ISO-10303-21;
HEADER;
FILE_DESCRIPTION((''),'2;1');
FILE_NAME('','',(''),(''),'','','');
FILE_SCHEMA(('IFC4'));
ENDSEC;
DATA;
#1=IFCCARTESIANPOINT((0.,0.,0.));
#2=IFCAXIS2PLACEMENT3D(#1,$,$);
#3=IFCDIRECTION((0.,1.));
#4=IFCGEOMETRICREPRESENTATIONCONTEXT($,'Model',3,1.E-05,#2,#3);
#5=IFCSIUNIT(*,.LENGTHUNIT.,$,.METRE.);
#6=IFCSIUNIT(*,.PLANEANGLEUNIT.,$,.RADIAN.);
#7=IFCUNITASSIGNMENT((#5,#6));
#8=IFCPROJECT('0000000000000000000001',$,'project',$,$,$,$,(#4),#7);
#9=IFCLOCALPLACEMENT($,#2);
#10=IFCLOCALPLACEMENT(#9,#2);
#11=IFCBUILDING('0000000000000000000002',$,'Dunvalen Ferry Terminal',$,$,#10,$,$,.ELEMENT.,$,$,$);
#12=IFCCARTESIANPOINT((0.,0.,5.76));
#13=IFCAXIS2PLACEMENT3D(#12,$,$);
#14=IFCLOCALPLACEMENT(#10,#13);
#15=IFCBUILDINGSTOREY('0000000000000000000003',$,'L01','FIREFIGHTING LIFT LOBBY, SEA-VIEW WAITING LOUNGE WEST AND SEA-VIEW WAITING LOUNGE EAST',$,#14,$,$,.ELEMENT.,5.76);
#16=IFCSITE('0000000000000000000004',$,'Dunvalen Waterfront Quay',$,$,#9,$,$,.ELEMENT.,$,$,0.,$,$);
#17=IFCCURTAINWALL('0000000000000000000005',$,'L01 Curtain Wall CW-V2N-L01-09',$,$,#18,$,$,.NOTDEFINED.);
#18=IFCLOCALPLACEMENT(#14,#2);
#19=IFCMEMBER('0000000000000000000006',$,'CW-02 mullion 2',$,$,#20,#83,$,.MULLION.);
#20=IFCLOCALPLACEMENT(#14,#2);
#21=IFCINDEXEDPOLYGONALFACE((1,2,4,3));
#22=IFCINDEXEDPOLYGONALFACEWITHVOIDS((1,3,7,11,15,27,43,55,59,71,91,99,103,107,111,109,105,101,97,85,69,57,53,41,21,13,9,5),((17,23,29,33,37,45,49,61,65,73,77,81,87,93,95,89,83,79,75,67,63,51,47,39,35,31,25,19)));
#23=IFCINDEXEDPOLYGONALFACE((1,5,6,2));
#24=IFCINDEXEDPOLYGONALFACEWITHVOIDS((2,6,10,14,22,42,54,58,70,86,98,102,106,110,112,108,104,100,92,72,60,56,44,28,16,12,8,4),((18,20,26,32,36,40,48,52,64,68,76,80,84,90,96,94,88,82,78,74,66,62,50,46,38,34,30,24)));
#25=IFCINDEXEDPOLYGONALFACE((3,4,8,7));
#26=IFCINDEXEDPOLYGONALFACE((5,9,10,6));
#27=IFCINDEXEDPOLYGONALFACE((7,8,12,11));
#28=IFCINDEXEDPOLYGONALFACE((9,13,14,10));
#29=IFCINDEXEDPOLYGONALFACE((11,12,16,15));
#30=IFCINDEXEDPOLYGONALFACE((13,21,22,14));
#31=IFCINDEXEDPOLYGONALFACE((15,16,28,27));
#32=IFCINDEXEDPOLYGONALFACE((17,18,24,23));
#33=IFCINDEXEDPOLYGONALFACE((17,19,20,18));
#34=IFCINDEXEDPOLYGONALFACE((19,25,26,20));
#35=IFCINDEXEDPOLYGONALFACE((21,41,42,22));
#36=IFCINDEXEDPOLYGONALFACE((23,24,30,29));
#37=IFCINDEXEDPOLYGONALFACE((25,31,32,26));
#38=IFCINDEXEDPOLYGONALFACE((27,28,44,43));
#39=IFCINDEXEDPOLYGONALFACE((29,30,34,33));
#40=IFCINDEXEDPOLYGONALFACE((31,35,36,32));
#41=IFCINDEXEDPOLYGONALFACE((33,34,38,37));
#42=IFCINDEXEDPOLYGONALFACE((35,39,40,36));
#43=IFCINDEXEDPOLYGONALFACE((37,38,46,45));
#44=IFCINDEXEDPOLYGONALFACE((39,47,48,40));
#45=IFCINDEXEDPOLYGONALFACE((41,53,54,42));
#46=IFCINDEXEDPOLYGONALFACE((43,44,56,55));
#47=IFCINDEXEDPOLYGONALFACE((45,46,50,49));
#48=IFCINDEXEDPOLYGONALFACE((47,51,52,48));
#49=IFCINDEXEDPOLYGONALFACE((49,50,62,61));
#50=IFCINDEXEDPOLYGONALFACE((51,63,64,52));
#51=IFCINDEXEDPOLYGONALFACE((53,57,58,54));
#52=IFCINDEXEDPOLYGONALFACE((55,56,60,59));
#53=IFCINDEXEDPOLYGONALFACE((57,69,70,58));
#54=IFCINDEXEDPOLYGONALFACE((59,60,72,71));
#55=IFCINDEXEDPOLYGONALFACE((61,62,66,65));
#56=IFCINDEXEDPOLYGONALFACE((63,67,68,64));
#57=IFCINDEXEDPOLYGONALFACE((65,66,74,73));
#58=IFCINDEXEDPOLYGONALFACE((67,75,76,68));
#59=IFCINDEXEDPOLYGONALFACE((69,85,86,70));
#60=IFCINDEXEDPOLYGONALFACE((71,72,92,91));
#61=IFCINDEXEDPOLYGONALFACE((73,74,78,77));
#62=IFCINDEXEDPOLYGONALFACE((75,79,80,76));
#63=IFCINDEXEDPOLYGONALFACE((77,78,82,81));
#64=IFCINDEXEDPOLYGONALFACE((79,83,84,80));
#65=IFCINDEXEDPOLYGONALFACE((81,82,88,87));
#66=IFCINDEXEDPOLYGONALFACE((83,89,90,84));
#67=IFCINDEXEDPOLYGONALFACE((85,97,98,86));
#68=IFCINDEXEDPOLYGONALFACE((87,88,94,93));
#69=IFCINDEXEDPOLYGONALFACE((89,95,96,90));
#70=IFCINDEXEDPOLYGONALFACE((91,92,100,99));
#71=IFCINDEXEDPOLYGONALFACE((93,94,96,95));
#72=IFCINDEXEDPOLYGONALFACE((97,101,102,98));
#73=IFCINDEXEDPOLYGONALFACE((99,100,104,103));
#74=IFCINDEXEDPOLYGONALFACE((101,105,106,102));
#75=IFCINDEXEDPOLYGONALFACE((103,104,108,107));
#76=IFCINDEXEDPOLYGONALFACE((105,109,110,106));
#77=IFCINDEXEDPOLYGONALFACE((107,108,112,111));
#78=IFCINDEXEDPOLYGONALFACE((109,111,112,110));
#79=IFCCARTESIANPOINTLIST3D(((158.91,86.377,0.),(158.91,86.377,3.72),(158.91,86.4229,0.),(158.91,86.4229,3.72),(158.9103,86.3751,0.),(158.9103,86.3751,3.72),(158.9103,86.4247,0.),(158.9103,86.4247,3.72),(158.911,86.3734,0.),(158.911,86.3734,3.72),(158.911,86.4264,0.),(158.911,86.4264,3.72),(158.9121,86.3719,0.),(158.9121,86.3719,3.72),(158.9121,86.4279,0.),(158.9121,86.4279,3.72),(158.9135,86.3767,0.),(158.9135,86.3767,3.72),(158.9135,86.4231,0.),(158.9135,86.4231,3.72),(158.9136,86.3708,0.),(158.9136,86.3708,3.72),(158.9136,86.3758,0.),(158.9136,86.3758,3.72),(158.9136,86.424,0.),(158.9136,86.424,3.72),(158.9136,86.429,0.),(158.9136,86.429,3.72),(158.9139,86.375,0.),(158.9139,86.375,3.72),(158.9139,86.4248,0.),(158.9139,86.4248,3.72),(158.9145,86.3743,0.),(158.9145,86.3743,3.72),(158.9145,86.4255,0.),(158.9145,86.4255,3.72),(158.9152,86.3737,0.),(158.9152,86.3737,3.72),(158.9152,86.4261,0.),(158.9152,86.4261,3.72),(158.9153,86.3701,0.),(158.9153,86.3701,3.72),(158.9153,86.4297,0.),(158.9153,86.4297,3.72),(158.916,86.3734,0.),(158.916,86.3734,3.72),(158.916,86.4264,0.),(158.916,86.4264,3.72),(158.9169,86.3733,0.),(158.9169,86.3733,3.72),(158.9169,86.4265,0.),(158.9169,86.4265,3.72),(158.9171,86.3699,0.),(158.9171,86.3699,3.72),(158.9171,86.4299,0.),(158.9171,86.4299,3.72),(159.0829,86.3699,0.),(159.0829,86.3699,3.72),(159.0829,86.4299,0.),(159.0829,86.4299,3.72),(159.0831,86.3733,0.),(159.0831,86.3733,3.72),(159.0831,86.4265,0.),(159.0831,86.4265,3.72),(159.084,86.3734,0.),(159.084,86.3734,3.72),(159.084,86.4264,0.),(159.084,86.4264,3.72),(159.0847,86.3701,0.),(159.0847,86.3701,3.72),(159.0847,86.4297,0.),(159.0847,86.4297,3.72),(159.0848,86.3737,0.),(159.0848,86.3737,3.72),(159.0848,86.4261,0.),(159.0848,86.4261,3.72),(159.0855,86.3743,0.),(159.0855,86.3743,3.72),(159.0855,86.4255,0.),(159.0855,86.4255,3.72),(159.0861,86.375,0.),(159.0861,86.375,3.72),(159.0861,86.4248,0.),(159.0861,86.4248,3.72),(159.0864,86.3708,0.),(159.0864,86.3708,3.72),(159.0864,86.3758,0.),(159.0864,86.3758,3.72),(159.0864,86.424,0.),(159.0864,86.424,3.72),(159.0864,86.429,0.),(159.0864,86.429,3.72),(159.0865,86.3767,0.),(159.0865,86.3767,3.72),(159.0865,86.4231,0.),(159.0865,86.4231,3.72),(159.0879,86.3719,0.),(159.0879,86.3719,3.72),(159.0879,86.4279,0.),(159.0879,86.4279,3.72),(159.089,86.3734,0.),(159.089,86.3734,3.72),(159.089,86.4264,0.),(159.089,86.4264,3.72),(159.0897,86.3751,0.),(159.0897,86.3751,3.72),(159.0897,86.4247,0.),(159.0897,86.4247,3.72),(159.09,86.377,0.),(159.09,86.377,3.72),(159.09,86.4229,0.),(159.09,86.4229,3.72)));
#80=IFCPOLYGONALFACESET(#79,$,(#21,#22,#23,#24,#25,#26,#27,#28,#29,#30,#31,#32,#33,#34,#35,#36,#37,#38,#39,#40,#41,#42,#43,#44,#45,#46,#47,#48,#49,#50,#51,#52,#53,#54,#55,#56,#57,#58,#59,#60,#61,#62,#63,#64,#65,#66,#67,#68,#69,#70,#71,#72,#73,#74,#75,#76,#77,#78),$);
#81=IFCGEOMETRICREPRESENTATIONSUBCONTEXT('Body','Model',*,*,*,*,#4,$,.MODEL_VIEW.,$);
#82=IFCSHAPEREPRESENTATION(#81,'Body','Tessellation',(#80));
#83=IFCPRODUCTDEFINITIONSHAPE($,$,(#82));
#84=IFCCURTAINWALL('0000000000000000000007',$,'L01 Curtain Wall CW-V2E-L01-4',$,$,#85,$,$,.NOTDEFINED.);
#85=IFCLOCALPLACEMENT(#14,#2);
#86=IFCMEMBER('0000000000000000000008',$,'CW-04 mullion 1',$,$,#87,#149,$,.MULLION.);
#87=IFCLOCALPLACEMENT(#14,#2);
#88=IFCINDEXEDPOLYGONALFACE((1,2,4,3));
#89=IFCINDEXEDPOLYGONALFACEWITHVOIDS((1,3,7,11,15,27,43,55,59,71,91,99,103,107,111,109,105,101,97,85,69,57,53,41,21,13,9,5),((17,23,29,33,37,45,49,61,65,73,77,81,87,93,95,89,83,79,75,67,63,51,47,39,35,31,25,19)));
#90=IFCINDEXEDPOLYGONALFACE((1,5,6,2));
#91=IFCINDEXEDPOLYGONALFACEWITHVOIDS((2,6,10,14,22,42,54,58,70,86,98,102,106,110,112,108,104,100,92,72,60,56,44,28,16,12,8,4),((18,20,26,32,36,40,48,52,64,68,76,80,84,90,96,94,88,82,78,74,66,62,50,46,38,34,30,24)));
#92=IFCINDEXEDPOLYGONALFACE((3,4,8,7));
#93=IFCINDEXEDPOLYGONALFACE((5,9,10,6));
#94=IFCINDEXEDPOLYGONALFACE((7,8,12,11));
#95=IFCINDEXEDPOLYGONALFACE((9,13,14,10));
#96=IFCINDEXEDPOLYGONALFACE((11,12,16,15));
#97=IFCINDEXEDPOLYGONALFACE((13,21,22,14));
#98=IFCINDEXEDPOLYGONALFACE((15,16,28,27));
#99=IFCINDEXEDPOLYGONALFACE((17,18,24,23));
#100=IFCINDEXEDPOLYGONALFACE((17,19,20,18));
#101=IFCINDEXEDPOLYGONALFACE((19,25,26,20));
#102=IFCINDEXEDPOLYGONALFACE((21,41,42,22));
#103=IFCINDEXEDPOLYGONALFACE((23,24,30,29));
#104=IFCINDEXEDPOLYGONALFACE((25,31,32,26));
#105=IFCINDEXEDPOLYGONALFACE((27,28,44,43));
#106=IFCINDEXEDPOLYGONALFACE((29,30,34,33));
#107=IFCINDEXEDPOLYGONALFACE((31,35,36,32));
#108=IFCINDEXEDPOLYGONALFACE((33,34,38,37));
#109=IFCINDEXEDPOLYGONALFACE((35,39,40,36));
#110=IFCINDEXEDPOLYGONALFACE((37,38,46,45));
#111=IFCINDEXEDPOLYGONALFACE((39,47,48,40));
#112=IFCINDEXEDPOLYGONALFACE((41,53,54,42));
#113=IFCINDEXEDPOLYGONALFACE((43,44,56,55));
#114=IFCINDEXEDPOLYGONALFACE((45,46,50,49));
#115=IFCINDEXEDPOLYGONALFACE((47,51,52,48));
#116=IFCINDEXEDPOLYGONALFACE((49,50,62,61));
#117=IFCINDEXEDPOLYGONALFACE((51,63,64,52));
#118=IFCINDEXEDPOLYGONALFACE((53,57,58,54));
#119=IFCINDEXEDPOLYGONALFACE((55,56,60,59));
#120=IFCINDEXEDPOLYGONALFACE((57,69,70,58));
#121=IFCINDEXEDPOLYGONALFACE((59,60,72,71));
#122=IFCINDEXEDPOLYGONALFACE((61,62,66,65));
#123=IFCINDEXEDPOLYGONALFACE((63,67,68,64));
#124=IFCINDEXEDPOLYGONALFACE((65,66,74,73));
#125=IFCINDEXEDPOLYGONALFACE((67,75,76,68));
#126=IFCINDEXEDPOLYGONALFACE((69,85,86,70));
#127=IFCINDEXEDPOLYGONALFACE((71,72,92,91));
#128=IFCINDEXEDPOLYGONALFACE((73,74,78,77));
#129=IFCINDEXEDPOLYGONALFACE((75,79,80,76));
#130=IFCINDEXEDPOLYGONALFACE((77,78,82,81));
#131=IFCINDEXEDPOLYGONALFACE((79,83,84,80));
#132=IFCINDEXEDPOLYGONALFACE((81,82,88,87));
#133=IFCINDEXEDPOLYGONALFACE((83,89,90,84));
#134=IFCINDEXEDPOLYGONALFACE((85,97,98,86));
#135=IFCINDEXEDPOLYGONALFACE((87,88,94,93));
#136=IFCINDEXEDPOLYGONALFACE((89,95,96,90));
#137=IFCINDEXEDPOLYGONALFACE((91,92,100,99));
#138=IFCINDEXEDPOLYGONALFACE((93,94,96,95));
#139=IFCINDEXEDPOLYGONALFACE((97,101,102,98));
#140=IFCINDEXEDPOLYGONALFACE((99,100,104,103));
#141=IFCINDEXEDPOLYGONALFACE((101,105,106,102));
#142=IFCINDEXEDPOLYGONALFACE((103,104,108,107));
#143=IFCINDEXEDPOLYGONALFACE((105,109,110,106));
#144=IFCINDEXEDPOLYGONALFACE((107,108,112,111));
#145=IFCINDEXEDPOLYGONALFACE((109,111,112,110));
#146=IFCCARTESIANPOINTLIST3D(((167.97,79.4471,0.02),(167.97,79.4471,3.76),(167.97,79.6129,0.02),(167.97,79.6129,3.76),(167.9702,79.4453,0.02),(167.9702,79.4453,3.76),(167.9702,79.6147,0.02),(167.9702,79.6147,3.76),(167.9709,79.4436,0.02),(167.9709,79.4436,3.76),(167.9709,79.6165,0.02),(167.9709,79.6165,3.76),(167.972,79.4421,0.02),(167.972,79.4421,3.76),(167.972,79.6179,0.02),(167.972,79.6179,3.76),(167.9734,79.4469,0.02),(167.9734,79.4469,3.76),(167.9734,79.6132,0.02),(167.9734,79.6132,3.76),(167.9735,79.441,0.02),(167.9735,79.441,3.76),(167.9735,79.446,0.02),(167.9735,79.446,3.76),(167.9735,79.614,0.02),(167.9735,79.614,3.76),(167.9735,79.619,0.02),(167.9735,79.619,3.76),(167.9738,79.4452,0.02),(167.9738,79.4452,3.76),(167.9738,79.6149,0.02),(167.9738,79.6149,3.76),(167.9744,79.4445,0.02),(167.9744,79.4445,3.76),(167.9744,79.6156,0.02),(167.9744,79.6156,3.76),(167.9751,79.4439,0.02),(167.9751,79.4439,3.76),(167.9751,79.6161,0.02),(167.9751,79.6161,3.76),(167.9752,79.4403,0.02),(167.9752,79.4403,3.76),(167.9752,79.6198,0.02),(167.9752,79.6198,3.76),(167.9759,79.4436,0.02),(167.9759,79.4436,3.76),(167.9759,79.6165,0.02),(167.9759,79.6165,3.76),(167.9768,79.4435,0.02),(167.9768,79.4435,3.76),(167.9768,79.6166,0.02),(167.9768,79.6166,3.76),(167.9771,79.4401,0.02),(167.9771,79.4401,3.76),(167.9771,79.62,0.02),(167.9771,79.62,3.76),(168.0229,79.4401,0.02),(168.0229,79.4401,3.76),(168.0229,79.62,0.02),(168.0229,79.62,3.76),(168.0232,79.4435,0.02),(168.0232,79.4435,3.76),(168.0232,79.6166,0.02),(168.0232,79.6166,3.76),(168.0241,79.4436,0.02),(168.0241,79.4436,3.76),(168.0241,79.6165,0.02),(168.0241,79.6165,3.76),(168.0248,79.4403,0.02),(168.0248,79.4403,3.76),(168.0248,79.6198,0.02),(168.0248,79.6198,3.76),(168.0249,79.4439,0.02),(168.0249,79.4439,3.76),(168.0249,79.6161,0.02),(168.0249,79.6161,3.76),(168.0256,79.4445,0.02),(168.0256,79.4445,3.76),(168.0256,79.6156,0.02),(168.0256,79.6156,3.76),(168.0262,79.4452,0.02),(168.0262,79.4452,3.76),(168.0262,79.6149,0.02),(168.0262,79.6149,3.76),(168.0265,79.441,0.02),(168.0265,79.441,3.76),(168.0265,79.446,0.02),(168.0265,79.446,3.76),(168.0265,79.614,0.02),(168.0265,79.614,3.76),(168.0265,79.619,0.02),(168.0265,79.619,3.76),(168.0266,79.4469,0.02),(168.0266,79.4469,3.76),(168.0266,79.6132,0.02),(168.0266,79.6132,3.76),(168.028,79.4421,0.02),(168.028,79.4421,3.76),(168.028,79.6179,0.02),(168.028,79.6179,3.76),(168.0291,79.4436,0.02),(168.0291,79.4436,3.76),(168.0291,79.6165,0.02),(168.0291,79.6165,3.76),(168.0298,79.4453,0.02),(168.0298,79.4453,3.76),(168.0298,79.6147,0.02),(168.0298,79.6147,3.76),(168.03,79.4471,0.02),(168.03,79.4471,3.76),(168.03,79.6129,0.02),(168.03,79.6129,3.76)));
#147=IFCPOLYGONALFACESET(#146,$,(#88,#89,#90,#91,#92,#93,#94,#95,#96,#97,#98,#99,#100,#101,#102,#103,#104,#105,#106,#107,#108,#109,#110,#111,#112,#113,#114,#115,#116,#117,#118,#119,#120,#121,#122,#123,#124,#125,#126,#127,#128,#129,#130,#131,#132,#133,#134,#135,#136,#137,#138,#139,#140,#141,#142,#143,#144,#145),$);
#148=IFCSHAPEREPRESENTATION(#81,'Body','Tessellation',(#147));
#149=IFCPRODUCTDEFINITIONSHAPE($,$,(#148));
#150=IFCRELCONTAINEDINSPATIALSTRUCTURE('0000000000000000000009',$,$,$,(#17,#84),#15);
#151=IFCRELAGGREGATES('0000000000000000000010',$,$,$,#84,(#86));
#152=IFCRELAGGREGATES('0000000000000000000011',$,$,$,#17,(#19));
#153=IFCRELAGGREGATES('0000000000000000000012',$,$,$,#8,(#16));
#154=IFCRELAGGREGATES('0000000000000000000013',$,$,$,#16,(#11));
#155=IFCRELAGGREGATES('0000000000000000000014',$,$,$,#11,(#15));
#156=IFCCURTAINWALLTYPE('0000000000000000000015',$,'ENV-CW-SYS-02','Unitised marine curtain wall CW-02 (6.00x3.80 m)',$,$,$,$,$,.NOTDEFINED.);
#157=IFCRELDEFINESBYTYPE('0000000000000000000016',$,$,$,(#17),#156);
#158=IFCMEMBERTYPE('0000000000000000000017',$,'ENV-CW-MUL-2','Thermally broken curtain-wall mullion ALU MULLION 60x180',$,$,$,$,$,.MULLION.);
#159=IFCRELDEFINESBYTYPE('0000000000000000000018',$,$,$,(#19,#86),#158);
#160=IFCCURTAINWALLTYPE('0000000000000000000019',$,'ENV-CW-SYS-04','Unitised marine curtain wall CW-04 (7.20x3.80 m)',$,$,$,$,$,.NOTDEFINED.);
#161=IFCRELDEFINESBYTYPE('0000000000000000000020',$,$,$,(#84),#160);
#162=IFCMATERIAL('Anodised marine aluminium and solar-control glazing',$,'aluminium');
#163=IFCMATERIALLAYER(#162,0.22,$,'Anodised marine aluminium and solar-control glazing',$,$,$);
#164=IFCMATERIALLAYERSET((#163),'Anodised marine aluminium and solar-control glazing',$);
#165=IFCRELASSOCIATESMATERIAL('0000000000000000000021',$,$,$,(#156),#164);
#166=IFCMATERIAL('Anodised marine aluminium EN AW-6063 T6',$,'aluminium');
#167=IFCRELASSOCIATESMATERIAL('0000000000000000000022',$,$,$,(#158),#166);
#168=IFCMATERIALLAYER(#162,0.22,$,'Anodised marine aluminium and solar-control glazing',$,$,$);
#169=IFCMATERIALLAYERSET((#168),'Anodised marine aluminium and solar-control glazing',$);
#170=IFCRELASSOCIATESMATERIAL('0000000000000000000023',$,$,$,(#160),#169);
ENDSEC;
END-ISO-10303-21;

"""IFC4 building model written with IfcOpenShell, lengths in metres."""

from ifc_helpers import new_model, si_unit, direction, frame, origin, origin_2d, place, context, subcontext, project, spatial, hollow_rectangle, extrude, material, layer, layer_set, material_profile, profile_set, type_object, element, aggregate, save


model = new_model("IFC4")

# Units and contexts
model_context = context("Model", 3, precision=1e-05, world=origin(), true_north=direction((0.0, 1.0)))
body_context = subcontext(model_context, "Body", "Model", "MODEL_VIEW")
ifc_project = project(units=[si_unit("LENGTHUNIT", "METRE"), si_unit("PLANEANGLEUNIT", "RADIAN")], contexts=[model_context])

# Site, building, storey
site_placement = place(None, origin())
site = spatial("IfcSite", under=ifc_project, at=site_placement, Name="Dunvalen Waterfront Quay", CompositionType="ELEMENT", RefElevation=0.0)
building_placement = place(site_placement, origin())
building = spatial("IfcBuilding", under=site, at=building_placement, Name="Dunvalen Ferry Terminal", CompositionType="ELEMENT")
storey_placement = place(building_placement, frame((0.0, 0.0, 5.76)))
storey = spatial("IfcBuildingStorey", under=building, at=storey_placement, Name="L01", Description="FIREFIGHTING LIFT LOBBY, SEA-VIEW WAITING LOUNGE WEST AND SEA-VIEW WAITING LOUNGE EAST", CompositionType="ELEMENT", Elevation=5.76)

# Curtain wall, member
ifc_material_1 = material(Name="Anodised marine aluminium and solar-control glazing", Category="aluminium")
ifc_layer_1 = layer(ifc_material_1, 0.22, Name="Anodised marine aluminium and solar-control glazing")
ifc_layer_set_1 = layer_set([ifc_layer_1], Name="Anodised marine aluminium and solar-control glazing")
curtain_wall_type_1 = type_object("IfcCurtainWallType", Name="ENV-CW-SYS-02", Description="Unitised marine curtain wall CW-02 (6.00x3.80 m)", PredefinedType="NOTDEFINED", material=ifc_layer_set_1)
curtain_wall_1_placement = place(storey_placement, origin())
curtain_wall_1 = element("IfcCurtainWall", 1, at=curtain_wall_1_placement, inside=storey, type_object=curtain_wall_type_1, Name="L01 Curtain Wall CW-V2N-L01-09", PredefinedType="NOTDEFINED")
ifc_material_2 = material(Name="Anodised marine aluminium EN AW-6063 T6", Category="aluminium")
ifc_material_profile_1 = material_profile(ifc_material_2, hollow_rectangle(XDim=0.0601, YDim=0.1799, WallThickness=0.0034, InnerFilletRadius=0.0034, OuterFilletRadius=0.0071, at=origin_2d()), Name="Anodised marine aluminium EN AW-6063 T6")
ifc_profile_set_1 = profile_set([ifc_material_profile_1], Name="Anodised marine aluminium EN AW-6063 T6")
member_type_1 = type_object("IfcMemberType", Name="ENV-CW-MUL-2", Description="Thermally broken curtain-wall mullion ALU MULLION 60x180", PredefinedType="MULLION", material=ifc_profile_set_1)
member_1_placement = place(storey_placement, frame((159.0, 86.3999, 0.0), z_axis=(0.0, 0.0, 1.0), x_axis=(0.0, 1.0, 0.0)))
member_1 = element("IfcMember", 2, at=member_1_placement, type_object=member_type_1, Name="CW-02 mullion 2", PredefinedType="MULLION", context=body_context, shape_type="SweptSolid", body=[
    extrude(hollow_rectangle(XDim=0.0601, YDim=0.1799, WallThickness=0.0034, InnerFilletRadius=0.0034, OuterFilletRadius=0.0071, at=origin_2d()), origin(), (0.0, 0.0, 1.0), 3.72),
])

# Curtain wall, member
ifc_layer_2 = layer(ifc_material_1, 0.22, Name="Anodised marine aluminium and solar-control glazing")
ifc_layer_set_2 = layer_set([ifc_layer_2], Name="Anodised marine aluminium and solar-control glazing")
curtain_wall_type_2 = type_object("IfcCurtainWallType", Name="ENV-CW-SYS-04", Description="Unitised marine curtain wall CW-04 (7.20x3.80 m)", PredefinedType="NOTDEFINED", material=ifc_layer_set_2)
curtain_wall_2_placement = place(storey_placement, origin())
curtain_wall_2 = element("IfcCurtainWall", 3, at=curtain_wall_2_placement, inside=storey, type_object=curtain_wall_type_2, Name="L01 Curtain Wall CW-V2E-L01-4", PredefinedType="NOTDEFINED")
member_2_placement = place(storey_placement, frame((168.0, 79.53, 0.02), z_axis=(0.0, 0.0, 1.0), x_axis=(-1.0, 0.0, 0.0)))
member_2 = element("IfcMember", 4, at=member_2_placement, type_object=member_type_1, Name="CW-04 mullion 1", PredefinedType="MULLION", context=body_context, shape_type="SweptSolid", body=[
    extrude(hollow_rectangle(XDim=0.0601, YDim=0.1799, WallThickness=0.0034, InnerFilletRadius=0.0034, OuterFilletRadius=0.0071, at=origin_2d()), origin(), (0.0, 0.0, 1.0), 3.74),
])

aggregate(curtain_wall_2, [member_2])
aggregate(curtain_wall_1, [member_1])

save(model, "model.ifc")
